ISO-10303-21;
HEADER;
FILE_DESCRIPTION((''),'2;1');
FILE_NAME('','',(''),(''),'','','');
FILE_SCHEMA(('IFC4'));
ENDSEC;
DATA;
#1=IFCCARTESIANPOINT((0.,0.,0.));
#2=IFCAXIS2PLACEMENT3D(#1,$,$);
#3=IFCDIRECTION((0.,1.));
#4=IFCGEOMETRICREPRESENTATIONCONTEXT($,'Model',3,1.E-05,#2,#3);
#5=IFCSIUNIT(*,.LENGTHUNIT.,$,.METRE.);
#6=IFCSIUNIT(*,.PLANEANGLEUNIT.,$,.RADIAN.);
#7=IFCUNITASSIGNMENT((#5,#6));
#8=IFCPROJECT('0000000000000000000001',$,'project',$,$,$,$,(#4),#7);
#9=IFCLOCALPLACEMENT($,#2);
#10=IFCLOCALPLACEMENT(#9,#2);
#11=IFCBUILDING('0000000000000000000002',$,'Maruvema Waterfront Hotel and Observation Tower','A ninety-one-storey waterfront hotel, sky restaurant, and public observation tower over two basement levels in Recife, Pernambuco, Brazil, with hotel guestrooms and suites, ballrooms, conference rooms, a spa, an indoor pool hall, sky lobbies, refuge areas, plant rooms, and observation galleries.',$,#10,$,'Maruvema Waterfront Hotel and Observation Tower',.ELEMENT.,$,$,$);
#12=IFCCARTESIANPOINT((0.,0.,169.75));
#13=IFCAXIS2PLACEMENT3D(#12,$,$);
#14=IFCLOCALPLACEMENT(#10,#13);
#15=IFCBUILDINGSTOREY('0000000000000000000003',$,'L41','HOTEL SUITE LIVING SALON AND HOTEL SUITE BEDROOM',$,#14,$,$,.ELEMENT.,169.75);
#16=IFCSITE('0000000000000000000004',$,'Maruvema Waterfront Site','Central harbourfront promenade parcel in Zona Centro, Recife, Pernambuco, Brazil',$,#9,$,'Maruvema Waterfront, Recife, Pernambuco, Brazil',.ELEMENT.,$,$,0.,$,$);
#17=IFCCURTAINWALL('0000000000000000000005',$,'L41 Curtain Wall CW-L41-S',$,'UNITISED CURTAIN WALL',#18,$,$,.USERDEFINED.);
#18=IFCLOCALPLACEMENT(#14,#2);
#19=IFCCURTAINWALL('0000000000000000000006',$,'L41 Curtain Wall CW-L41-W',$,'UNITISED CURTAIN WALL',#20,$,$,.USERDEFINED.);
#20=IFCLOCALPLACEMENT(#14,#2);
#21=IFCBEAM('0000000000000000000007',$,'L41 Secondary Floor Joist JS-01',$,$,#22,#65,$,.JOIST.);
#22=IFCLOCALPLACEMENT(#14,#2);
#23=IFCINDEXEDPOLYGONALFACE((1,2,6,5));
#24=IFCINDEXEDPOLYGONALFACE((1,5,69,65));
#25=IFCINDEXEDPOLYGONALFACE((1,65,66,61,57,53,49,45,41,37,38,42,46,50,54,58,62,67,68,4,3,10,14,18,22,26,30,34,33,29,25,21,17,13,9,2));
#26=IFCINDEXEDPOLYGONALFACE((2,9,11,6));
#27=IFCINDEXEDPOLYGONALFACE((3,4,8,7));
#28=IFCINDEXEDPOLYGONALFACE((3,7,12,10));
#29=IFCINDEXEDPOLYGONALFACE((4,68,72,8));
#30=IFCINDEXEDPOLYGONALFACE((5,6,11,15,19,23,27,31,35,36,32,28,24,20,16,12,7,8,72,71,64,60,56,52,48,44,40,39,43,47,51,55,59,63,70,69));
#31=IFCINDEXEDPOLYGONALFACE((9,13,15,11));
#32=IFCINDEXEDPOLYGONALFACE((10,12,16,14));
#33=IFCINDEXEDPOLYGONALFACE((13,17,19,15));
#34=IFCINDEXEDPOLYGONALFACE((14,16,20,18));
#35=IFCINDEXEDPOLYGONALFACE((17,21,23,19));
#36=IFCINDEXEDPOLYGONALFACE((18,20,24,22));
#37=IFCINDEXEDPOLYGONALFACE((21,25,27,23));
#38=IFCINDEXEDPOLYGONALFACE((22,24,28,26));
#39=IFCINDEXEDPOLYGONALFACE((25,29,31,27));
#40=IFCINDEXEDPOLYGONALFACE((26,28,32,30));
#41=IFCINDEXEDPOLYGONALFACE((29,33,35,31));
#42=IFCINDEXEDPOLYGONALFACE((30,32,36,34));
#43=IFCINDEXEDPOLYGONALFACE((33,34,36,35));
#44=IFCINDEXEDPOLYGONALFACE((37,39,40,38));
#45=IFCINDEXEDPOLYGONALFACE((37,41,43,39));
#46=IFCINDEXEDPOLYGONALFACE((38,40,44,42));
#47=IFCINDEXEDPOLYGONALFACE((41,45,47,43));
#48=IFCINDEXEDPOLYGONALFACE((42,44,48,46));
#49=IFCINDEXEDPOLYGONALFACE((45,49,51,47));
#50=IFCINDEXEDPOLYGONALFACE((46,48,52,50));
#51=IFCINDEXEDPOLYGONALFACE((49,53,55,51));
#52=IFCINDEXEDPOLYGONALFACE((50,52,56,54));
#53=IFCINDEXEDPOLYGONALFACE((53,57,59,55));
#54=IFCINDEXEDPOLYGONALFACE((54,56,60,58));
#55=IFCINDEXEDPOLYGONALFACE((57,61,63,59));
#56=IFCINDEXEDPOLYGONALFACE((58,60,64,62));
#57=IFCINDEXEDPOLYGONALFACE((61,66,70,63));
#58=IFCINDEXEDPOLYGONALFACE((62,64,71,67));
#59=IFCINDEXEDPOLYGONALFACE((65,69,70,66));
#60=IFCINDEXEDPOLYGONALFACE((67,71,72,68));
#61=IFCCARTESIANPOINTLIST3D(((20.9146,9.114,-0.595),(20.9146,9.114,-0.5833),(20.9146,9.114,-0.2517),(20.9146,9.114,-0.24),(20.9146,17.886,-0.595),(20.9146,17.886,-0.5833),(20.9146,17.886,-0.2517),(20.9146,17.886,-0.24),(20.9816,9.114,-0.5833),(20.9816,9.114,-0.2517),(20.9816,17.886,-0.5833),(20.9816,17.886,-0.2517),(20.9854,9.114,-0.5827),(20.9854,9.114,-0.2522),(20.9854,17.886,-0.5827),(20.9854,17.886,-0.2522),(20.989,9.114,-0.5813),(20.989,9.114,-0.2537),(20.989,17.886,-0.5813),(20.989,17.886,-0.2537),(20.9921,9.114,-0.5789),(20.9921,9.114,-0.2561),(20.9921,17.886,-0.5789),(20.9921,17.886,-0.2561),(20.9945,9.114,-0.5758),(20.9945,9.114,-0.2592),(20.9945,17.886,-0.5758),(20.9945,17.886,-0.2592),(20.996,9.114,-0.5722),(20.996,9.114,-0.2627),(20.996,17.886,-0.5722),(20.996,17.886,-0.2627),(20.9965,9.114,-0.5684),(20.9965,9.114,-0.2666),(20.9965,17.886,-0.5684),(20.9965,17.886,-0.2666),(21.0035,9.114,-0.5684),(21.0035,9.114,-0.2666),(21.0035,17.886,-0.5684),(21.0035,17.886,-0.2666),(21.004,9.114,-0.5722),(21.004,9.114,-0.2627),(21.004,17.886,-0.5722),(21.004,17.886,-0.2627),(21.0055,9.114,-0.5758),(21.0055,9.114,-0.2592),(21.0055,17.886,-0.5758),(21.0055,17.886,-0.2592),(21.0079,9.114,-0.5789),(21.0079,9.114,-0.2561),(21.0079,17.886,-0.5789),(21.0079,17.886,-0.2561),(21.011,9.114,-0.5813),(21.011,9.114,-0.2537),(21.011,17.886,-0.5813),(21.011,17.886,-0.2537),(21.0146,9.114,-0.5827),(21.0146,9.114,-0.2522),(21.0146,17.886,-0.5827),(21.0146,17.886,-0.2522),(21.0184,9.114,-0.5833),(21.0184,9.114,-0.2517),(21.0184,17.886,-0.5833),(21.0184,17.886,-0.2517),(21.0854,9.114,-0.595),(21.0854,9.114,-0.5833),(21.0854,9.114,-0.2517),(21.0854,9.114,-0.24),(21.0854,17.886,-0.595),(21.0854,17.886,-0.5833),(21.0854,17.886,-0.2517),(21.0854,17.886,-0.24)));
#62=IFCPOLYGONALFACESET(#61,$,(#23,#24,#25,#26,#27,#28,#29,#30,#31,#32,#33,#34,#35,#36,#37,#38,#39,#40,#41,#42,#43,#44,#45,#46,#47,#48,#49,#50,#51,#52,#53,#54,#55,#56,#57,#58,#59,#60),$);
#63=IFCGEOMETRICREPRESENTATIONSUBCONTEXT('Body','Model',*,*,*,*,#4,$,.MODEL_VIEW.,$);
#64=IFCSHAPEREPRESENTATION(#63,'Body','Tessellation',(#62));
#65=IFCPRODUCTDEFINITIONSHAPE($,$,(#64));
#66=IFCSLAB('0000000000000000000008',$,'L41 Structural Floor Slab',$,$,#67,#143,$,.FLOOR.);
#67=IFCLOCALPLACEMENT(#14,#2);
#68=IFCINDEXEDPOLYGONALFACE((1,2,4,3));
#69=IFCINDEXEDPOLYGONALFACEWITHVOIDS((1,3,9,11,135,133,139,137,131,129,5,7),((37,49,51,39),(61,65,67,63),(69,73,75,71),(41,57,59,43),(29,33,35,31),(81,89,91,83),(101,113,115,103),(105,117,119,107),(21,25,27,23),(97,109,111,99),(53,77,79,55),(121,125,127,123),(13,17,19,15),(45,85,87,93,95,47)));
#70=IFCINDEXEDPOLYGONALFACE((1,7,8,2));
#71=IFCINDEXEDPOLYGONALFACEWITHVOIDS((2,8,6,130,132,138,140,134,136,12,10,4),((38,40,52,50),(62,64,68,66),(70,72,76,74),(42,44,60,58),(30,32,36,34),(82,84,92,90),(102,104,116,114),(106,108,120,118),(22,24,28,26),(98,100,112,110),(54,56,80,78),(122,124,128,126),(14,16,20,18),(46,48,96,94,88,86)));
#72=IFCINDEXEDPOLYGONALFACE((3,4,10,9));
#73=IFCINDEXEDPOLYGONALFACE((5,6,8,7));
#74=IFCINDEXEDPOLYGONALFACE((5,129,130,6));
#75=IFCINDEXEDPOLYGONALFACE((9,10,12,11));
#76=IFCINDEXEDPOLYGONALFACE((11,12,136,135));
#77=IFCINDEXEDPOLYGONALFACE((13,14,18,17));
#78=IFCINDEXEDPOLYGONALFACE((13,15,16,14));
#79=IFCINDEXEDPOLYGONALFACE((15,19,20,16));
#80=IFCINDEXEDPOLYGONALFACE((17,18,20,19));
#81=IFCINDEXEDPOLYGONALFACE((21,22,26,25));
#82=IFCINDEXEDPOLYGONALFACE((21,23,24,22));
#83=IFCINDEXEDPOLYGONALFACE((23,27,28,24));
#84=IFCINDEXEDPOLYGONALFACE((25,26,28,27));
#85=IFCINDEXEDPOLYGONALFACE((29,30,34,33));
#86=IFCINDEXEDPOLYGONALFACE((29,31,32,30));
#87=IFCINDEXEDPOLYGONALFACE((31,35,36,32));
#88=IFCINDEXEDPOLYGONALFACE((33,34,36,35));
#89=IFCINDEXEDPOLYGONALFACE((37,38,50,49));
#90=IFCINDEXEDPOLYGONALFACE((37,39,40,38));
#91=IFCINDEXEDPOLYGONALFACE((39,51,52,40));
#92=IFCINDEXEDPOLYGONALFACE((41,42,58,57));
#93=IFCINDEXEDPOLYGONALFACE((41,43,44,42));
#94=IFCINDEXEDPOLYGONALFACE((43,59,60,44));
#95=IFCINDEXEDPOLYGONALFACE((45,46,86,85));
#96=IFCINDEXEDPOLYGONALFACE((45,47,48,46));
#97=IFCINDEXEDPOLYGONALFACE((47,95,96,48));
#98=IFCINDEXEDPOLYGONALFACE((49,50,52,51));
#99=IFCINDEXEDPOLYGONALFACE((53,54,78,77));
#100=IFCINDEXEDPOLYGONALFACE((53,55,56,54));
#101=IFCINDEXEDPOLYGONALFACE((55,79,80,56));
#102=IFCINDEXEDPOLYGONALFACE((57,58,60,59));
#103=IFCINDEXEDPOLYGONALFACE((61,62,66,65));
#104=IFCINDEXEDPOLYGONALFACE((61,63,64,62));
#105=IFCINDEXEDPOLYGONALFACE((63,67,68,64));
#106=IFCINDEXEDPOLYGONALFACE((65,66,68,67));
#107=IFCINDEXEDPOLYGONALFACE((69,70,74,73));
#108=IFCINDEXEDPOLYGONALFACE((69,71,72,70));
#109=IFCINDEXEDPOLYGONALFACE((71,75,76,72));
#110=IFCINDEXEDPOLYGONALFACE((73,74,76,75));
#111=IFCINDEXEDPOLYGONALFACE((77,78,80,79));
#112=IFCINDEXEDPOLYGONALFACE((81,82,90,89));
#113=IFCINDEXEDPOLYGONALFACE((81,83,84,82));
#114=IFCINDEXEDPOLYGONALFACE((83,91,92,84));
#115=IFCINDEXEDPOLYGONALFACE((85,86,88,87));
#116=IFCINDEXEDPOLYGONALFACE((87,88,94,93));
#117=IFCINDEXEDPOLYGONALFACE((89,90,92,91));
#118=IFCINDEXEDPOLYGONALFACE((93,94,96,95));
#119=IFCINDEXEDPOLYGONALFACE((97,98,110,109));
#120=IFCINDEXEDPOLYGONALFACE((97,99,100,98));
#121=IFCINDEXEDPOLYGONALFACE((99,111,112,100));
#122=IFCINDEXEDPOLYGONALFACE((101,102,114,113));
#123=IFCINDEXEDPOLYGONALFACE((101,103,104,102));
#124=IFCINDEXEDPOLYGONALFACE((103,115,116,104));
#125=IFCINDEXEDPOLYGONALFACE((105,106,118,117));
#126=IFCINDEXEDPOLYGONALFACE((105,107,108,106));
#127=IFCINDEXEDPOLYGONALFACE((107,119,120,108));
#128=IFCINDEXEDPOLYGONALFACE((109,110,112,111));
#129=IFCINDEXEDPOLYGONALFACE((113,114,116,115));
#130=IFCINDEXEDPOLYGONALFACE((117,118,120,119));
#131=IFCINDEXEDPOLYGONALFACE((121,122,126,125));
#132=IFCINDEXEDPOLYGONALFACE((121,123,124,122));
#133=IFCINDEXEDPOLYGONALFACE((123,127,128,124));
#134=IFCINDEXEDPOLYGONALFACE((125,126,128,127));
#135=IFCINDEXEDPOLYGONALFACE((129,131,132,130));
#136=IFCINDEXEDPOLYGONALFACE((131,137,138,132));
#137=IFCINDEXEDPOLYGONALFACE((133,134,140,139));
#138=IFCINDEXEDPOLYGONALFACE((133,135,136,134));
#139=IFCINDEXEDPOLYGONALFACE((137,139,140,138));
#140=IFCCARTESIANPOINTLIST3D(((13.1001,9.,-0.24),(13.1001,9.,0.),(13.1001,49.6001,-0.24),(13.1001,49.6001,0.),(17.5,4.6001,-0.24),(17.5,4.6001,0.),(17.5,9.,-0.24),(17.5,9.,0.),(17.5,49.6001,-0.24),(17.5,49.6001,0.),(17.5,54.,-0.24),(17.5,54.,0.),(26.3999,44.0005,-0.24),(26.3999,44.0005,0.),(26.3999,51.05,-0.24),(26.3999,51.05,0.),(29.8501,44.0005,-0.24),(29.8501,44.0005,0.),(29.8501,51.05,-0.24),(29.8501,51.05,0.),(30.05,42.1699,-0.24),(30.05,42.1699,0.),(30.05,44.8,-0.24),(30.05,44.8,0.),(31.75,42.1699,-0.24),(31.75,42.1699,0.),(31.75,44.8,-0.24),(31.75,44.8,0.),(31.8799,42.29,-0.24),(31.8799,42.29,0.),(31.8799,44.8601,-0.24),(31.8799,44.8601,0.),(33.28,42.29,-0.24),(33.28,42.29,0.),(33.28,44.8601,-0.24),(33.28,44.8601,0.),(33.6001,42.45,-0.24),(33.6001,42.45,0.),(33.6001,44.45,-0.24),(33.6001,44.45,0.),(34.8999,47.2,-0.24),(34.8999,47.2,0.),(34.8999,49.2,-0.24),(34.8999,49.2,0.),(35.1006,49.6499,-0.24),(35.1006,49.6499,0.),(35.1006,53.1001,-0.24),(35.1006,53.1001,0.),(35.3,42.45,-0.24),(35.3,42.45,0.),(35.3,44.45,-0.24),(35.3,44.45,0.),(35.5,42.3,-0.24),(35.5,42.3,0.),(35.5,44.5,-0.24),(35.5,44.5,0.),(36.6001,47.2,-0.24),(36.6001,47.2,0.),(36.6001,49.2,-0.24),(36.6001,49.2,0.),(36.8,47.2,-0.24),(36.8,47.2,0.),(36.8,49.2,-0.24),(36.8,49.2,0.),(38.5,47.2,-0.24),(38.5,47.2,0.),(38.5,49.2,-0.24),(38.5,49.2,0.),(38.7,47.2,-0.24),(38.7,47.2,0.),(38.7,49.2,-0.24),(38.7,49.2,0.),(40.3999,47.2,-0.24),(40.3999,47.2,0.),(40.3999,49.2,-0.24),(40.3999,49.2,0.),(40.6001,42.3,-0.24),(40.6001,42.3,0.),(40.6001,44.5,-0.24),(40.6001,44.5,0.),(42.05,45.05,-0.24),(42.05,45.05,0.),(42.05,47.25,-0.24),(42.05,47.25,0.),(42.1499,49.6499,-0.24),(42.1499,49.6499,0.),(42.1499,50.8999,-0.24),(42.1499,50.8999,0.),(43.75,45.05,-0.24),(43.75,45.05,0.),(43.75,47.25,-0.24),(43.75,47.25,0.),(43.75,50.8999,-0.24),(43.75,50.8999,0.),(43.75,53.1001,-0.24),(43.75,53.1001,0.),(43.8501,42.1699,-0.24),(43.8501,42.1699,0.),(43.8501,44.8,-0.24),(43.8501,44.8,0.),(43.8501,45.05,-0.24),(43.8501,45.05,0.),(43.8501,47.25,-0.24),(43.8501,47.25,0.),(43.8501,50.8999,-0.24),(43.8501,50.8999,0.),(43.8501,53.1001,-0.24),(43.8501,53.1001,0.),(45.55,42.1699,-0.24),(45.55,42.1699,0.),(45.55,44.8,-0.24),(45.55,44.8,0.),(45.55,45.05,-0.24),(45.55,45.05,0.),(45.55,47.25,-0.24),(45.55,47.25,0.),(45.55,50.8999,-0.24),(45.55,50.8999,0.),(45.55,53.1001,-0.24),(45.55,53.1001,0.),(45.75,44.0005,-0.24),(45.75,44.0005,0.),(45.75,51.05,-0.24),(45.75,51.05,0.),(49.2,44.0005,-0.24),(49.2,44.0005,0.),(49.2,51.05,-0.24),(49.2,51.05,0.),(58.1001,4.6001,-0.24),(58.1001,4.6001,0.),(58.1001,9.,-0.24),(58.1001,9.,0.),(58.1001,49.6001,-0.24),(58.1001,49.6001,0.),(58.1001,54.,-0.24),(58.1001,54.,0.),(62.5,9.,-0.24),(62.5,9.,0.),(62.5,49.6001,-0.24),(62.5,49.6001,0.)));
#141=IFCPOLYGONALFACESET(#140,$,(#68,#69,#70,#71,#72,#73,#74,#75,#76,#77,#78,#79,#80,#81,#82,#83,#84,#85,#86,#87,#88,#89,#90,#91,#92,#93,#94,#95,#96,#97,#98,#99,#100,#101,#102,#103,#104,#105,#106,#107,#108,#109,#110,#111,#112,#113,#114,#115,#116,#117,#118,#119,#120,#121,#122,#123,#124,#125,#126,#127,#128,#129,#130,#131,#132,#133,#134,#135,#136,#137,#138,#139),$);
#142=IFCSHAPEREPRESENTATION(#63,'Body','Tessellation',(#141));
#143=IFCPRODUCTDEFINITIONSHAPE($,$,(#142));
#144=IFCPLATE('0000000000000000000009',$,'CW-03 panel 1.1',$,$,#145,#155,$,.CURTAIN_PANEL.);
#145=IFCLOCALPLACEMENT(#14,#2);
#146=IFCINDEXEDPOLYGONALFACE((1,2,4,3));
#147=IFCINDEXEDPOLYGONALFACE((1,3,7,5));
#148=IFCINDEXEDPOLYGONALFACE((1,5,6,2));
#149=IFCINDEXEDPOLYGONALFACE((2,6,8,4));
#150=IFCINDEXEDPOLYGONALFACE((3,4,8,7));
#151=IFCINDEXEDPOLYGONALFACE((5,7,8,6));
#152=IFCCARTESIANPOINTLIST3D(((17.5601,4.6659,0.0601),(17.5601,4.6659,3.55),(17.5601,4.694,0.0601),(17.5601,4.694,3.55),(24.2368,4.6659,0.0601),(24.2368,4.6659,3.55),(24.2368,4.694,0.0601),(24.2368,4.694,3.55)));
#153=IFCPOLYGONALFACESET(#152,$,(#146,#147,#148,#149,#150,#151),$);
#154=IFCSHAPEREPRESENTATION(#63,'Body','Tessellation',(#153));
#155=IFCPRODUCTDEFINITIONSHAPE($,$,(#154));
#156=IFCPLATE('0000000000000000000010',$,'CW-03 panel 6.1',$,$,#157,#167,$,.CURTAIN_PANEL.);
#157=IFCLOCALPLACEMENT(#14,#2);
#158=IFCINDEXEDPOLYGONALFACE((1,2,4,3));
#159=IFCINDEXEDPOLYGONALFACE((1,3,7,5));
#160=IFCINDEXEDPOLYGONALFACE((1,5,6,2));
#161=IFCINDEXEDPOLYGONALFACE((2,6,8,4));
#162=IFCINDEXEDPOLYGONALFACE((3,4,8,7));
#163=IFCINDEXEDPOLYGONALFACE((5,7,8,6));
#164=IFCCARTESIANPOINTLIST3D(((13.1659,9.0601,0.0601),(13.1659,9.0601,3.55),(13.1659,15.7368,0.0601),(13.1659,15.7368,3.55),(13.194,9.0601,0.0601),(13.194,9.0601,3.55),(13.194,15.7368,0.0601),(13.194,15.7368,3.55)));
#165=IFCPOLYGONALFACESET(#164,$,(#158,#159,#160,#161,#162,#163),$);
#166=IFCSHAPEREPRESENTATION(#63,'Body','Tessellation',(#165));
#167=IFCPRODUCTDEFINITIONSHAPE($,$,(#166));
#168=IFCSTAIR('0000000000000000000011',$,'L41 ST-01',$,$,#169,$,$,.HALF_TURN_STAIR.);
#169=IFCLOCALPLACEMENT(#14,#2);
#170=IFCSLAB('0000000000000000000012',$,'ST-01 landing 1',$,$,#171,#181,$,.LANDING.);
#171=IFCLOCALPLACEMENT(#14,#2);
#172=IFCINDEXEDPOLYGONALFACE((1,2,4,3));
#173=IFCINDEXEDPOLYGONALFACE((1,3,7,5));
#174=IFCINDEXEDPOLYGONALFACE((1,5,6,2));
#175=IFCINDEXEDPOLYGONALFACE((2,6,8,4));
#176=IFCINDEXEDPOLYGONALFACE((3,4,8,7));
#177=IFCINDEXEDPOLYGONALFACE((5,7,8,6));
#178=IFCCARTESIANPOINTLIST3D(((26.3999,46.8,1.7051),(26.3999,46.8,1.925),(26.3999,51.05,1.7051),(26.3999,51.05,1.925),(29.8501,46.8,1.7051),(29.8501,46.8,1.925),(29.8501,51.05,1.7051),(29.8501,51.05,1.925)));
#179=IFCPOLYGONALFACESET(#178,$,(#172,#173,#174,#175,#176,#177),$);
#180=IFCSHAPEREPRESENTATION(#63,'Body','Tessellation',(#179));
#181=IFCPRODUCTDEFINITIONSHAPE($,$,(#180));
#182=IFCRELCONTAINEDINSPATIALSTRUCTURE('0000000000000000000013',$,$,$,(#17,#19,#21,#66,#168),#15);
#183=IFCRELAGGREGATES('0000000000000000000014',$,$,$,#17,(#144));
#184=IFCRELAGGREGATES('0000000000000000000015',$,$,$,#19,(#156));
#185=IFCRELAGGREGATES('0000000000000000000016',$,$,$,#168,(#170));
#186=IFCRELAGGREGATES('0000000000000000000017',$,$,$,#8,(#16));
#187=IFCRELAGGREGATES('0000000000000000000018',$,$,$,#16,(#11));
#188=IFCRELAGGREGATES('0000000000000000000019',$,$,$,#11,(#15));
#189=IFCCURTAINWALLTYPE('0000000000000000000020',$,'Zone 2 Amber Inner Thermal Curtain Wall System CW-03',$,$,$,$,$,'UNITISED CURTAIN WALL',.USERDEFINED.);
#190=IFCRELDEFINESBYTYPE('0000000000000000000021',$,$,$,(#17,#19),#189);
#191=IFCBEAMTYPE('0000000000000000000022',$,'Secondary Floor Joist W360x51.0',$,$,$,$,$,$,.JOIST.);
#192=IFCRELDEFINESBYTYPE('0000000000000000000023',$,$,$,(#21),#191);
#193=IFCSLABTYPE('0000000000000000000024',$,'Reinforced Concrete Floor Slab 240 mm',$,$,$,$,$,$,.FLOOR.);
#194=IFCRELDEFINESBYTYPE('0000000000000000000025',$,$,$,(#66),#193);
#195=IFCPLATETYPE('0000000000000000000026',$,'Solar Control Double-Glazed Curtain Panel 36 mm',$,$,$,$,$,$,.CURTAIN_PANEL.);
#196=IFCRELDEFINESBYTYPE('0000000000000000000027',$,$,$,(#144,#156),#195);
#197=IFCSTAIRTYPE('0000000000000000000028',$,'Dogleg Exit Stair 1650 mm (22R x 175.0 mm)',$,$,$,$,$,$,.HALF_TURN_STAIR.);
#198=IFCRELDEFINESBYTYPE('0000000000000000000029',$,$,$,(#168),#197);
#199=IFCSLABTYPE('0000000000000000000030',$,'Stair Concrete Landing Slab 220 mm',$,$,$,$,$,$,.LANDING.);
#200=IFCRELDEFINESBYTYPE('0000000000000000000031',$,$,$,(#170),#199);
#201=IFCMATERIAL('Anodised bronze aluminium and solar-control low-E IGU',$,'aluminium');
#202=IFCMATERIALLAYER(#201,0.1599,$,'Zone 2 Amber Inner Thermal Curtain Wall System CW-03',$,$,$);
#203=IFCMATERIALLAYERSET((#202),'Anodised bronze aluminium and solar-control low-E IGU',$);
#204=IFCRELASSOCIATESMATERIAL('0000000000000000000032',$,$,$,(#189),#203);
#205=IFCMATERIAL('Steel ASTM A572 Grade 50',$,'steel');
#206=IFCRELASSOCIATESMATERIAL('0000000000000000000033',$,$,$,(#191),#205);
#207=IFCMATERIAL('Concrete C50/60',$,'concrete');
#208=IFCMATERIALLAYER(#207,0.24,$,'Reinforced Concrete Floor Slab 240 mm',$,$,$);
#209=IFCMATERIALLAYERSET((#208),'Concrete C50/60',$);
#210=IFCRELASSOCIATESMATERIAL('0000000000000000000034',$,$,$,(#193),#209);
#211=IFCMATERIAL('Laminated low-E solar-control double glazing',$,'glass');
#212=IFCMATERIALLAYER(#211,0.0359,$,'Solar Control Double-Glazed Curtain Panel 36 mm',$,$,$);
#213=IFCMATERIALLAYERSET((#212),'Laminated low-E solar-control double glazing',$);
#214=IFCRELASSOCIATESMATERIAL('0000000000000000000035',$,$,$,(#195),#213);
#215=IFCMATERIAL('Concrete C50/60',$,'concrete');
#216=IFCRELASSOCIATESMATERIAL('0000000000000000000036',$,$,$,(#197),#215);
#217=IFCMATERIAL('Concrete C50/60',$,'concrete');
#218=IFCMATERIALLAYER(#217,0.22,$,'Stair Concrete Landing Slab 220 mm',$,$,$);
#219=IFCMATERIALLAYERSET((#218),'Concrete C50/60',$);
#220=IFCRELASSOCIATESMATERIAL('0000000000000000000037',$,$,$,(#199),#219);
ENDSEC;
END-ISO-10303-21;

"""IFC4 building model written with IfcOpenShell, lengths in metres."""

from ifc_helpers import new_model, si_unit, direction, frame, origin, origin_2d, place, context, subcontext, project, spatial, polyline, rectangle, i_section, outline, extrude, material, layer, layer_set, material_profile, profile_set, type_object, element, aggregate, save


model = new_model("IFC4")

# Units and contexts
model_context = context("Model", 3, precision=1e-05, world=origin(), true_north=direction((0.0, 1.0)))
body_context = subcontext(model_context, "Body", "Model", "MODEL_VIEW")
ifc_project = project(units=[si_unit("LENGTHUNIT", "METRE"), si_unit("PLANEANGLEUNIT", "RADIAN")], contexts=[model_context])

# Site, building, storey
site_placement = place(None, origin())
site = spatial("IfcSite", under=ifc_project, at=site_placement, Name="Maruvema Waterfront Site", Description="Central harbourfront promenade parcel in Zona Centro, Recife, Pernambuco, Brazil", LongName="Maruvema Waterfront, Recife, Pernambuco, Brazil", CompositionType="ELEMENT", RefElevation=0.0)
building_placement = place(site_placement, origin())
building = spatial("IfcBuilding", under=site, at=building_placement, Name="Maruvema Waterfront Hotel and Observation Tower", Description="A ninety-one-storey waterfront hotel, sky restaurant, and public observation tower over two basement levels in Recife, Pernambuco, Brazil, with hotel guestrooms and suites, ballrooms, conference rooms, a spa, an indoor pool hall, sky lobbies, refuge areas, plant rooms, and observation galleries.", LongName="Maruvema Waterfront Hotel and Observation Tower", CompositionType="ELEMENT")
storey_placement = place(building_placement, frame((0.0, 0.0, 169.75)))
storey = spatial("IfcBuildingStorey", under=building, at=storey_placement, Name="L41", Description="HOTEL SUITE LIVING SALON AND HOTEL SUITE BEDROOM", CompositionType="ELEMENT", Elevation=169.75)

# Curtain walls
ifc_material_1 = material(Name="Anodised bronze aluminium and solar-control low-E IGU", Category="aluminium")
ifc_layer_1 = layer(ifc_material_1, 0.1599, Name="Zone 2 Amber Inner Thermal Curtain Wall System CW-03")
ifc_layer_set_1 = layer_set([ifc_layer_1], Name="Anodised bronze aluminium and solar-control low-E IGU")
curtain_wall_type = type_object("IfcCurtainWallType", Name="Zone 2 Amber Inner Thermal Curtain Wall System CW-03", ElementType="UNITISED CURTAIN WALL", PredefinedType="USERDEFINED", material=ifc_layer_set_1)
curtain_wall_1_placement = place(storey_placement, origin())
curtain_wall_1 = element("IfcCurtainWall", 1, at=curtain_wall_1_placement, inside=storey, type_object=curtain_wall_type, Name="L41 Curtain Wall CW-L41-S", ObjectType="UNITISED CURTAIN WALL", PredefinedType="USERDEFINED")
curtain_wall_2_placement = place(storey_placement, origin())
curtain_wall_2 = element("IfcCurtainWall", 2, at=curtain_wall_2_placement, inside=storey, type_object=curtain_wall_type, Name="L41 Curtain Wall CW-L41-W", ObjectType="UNITISED CURTAIN WALL", PredefinedType="USERDEFINED")

# Beam
ifc_material_2 = material(Name="Steel ASTM A572 Grade 50", Category="steel")
ifc_material_profile_1 = material_profile(ifc_material_2, i_section(OverallWidth=0.1709, OverallDepth=0.355, WebThickness=0.0071, FlangeThickness=0.0117, FilletRadius=0.0149, at=origin_2d()), Name="W360x51.0")
ifc_profile_set_1 = profile_set([ifc_material_profile_1], Name="Steel ASTM A572 Grade 50")
beam_type_1 = type_object("IfcBeamType", Name="Secondary Floor Joist W360x51.0", PredefinedType="JOIST", material=ifc_profile_set_1)
beam_1_placement = place(storey_placement, frame((21.0, 9.114, -0.4175), z_axis=(0.0, 1.0, 0.0), x_axis=(-1.0, 0.0, 0.0)))
element("IfcBeam", 3, at=beam_1_placement, inside=storey, type_object=beam_type_1, Name="L41 Secondary Floor Joist JS-01", PredefinedType="JOIST", context=body_context, shape_type="SweptSolid", body=[
    extrude(i_section(OverallWidth=0.1709, OverallDepth=0.355, WebThickness=0.0071, FlangeThickness=0.0117, FilletRadius=0.0149, at=origin_2d()), origin(), (0.0, 0.0, 1.0), 8.772),
])

# Slab
ifc_material_3 = material(Name="Concrete C50/60", Category="concrete")
ifc_layer_2 = layer(ifc_material_3, 0.24, Name="Reinforced Concrete Floor Slab 240 mm")
ifc_layer_set_2 = layer_set([ifc_layer_2], Name="Concrete C50/60")
slab_type_1 = type_object("IfcSlabType", Name="Reinforced Concrete Floor Slab 240 mm", PredefinedType="FLOOR", material=ifc_layer_set_2)
slab_1_placement = place(storey_placement, frame((0.0, 0.0, -0.24)))
element("IfcSlab", 4, at=slab_1_placement, inside=storey, type_object=slab_type_1, Name="L41 Structural Floor Slab", PredefinedType="FLOOR", context=body_context, shape_type="SweptSolid", body=[
    extrude(outline(polyline([(17.5, 4.6001), (58.1001, 4.6001), (58.1001, 9.0), (62.5, 9.0), (62.5, 49.6001), (58.1001, 49.6001), (58.1001, 54.0), (17.5, 54.0), (17.5, 49.6001), (13.1001, 49.6001), (13.1001, 9.0), (17.5, 9.0), (17.5, 4.6001)]), holes=[polyline([(26.3999, 44.0005), (26.3999, 51.05), (29.8501, 51.05), (29.8501, 44.0005), (26.3999, 44.0005)]), polyline([(30.05, 44.8), (31.75, 44.8), (31.75, 42.1699), (30.05, 42.1699), (30.05, 44.8)]), polyline([(31.8799, 44.8601), (33.28, 44.8601), (33.28, 42.29), (31.8799, 42.29), (31.8799, 44.8601)]), polyline([(33.6001, 44.45), (35.3, 44.45), (35.3, 42.45), (33.6001, 42.45), (33.6001, 44.45)]), polyline([(34.8999, 49.2), (36.6001, 49.2), (36.6001, 47.2), (34.8999, 47.2), (34.8999, 49.2)]), polyline([(36.8, 49.2), (38.5, 49.2), (38.5, 47.2), (36.8, 47.2), (36.8, 49.2)]), polyline([(35.5, 42.3), (35.5, 44.5), (40.6001, 44.5), (40.6001, 42.3), (35.5, 42.3)]), polyline([(35.1006, 53.1001), (43.75, 53.1001), (43.75, 50.8999), (42.1499, 50.8999), (42.1499, 49.6499), (35.1006, 49.6499), (35.1006, 53.1001)]), polyline([(38.7, 49.2), (40.3999, 49.2), (40.3999, 47.2), (38.7, 47.2), (38.7, 49.2)]), polyline([(42.05, 47.25), (43.75, 47.25), (43.75, 45.05), (42.05, 45.05), (42.05, 47.25)]), polyline([(43.8501, 44.8), (45.55, 44.8), (45.55, 42.1699), (43.8501, 42.1699), (43.8501, 44.8)]), polyline([(43.8501, 47.25), (45.55, 47.25), (45.55, 45.05), (43.8501, 45.05), (43.8501, 47.25)]), polyline([(45.55, 53.1001), (45.55, 50.8999), (43.8501, 50.8999), (43.8501, 53.1001), (45.55, 53.1001)]), polyline([(45.75, 44.0005), (45.75, 51.05), (49.2, 51.05), (49.2, 44.0005), (45.75, 44.0005)])]), origin(), (0.0, 0.0, 1.0), 0.24),
])

# Plates
ifc_material_4 = material(Name="Laminated low-E solar-control double glazing", Category="glass")
ifc_layer_3 = layer(ifc_material_4, 0.0359, Name="Solar Control Double-Glazed Curtain Panel 36 mm")
ifc_layer_set_3 = layer_set([ifc_layer_3], Name="Laminated low-E solar-control double glazing")
plate_type = type_object("IfcPlateType", Name="Solar Control Double-Glazed Curtain Panel 36 mm", PredefinedType="CURTAIN_PANEL", material=ifc_layer_set_3)
plate_1_placement = place(storey_placement, frame((20.8984, 4.6799, 0.0601), z_axis=(0.0, 0.0, 1.0), x_axis=(1.0, 0.0, 0.0)))
plate_1 = element("IfcPlate", 5, at=plate_1_placement, type_object=plate_type, Name="CW-03 panel 1.1", PredefinedType="CURTAIN_PANEL", context=body_context, shape_type="SweptSolid", body=[
    extrude(rectangle(XDim=6.6768, YDim=0.0281, at=origin_2d()), origin(), (0.0, 0.0, 1.0), 3.49),
])
aggregate(curtain_wall_1, [plate_1])
plate_2_placement = place(storey_placement, frame((13.1799, 12.3984, 0.0601), z_axis=(0.0, 0.0, 1.0), x_axis=(0.0, -1.0, 0.0)))
plate_2 = element("IfcPlate", 6, at=plate_2_placement, type_object=plate_type, Name="CW-03 panel 6.1", PredefinedType="CURTAIN_PANEL", context=body_context, shape_type="SweptSolid", body=[
    extrude(rectangle(XDim=6.6768, YDim=0.0281, at=origin_2d()), origin(), (0.0, 0.0, 1.0), 3.49),
])
aggregate(curtain_wall_2, [plate_2])

# Stair, slab
ifc_material_5 = material(Name="Concrete C50/60", Category="concrete")
stair_type = type_object("IfcStairType", Name="Dogleg Exit Stair 1650 mm (22R x 175.0 mm)", PredefinedType="HALF_TURN_STAIR", material=ifc_material_5)
stair_1_placement = place(storey_placement, origin())
stair_1 = element("IfcStair", 7, at=stair_1_placement, inside=storey, type_object=stair_type, Name="L41 ST-01", PredefinedType="HALF_TURN_STAIR")
ifc_material_6 = material(Name="Concrete C50/60", Category="concrete")
ifc_layer_4 = layer(ifc_material_6, 0.22, Name="Stair Concrete Landing Slab 220 mm")
ifc_layer_set_4 = layer_set([ifc_layer_4], Name="Concrete C50/60")
slab_type_2 = type_object("IfcSlabType", Name="Stair Concrete Landing Slab 220 mm", PredefinedType="LANDING", material=ifc_layer_set_4)
slab_2_placement = place(storey_placement, frame((0.0, 0.0, 1.7051)))
slab_2 = element("IfcSlab", 8, at=slab_2_placement, type_object=slab_type_2, Name="ST-01 landing 1", PredefinedType="LANDING", context=body_context, shape_type="SweptSolid", body=[
    extrude(outline(polyline([(29.8501, 46.8), (29.8501, 51.05), (26.3999, 51.05), (26.3999, 46.8), (29.8501, 46.8)])), origin(), (0.0, 0.0, 1.0), 0.22),
])
aggregate(stair_1, [slab_2])

save(model, "model.ifc")
